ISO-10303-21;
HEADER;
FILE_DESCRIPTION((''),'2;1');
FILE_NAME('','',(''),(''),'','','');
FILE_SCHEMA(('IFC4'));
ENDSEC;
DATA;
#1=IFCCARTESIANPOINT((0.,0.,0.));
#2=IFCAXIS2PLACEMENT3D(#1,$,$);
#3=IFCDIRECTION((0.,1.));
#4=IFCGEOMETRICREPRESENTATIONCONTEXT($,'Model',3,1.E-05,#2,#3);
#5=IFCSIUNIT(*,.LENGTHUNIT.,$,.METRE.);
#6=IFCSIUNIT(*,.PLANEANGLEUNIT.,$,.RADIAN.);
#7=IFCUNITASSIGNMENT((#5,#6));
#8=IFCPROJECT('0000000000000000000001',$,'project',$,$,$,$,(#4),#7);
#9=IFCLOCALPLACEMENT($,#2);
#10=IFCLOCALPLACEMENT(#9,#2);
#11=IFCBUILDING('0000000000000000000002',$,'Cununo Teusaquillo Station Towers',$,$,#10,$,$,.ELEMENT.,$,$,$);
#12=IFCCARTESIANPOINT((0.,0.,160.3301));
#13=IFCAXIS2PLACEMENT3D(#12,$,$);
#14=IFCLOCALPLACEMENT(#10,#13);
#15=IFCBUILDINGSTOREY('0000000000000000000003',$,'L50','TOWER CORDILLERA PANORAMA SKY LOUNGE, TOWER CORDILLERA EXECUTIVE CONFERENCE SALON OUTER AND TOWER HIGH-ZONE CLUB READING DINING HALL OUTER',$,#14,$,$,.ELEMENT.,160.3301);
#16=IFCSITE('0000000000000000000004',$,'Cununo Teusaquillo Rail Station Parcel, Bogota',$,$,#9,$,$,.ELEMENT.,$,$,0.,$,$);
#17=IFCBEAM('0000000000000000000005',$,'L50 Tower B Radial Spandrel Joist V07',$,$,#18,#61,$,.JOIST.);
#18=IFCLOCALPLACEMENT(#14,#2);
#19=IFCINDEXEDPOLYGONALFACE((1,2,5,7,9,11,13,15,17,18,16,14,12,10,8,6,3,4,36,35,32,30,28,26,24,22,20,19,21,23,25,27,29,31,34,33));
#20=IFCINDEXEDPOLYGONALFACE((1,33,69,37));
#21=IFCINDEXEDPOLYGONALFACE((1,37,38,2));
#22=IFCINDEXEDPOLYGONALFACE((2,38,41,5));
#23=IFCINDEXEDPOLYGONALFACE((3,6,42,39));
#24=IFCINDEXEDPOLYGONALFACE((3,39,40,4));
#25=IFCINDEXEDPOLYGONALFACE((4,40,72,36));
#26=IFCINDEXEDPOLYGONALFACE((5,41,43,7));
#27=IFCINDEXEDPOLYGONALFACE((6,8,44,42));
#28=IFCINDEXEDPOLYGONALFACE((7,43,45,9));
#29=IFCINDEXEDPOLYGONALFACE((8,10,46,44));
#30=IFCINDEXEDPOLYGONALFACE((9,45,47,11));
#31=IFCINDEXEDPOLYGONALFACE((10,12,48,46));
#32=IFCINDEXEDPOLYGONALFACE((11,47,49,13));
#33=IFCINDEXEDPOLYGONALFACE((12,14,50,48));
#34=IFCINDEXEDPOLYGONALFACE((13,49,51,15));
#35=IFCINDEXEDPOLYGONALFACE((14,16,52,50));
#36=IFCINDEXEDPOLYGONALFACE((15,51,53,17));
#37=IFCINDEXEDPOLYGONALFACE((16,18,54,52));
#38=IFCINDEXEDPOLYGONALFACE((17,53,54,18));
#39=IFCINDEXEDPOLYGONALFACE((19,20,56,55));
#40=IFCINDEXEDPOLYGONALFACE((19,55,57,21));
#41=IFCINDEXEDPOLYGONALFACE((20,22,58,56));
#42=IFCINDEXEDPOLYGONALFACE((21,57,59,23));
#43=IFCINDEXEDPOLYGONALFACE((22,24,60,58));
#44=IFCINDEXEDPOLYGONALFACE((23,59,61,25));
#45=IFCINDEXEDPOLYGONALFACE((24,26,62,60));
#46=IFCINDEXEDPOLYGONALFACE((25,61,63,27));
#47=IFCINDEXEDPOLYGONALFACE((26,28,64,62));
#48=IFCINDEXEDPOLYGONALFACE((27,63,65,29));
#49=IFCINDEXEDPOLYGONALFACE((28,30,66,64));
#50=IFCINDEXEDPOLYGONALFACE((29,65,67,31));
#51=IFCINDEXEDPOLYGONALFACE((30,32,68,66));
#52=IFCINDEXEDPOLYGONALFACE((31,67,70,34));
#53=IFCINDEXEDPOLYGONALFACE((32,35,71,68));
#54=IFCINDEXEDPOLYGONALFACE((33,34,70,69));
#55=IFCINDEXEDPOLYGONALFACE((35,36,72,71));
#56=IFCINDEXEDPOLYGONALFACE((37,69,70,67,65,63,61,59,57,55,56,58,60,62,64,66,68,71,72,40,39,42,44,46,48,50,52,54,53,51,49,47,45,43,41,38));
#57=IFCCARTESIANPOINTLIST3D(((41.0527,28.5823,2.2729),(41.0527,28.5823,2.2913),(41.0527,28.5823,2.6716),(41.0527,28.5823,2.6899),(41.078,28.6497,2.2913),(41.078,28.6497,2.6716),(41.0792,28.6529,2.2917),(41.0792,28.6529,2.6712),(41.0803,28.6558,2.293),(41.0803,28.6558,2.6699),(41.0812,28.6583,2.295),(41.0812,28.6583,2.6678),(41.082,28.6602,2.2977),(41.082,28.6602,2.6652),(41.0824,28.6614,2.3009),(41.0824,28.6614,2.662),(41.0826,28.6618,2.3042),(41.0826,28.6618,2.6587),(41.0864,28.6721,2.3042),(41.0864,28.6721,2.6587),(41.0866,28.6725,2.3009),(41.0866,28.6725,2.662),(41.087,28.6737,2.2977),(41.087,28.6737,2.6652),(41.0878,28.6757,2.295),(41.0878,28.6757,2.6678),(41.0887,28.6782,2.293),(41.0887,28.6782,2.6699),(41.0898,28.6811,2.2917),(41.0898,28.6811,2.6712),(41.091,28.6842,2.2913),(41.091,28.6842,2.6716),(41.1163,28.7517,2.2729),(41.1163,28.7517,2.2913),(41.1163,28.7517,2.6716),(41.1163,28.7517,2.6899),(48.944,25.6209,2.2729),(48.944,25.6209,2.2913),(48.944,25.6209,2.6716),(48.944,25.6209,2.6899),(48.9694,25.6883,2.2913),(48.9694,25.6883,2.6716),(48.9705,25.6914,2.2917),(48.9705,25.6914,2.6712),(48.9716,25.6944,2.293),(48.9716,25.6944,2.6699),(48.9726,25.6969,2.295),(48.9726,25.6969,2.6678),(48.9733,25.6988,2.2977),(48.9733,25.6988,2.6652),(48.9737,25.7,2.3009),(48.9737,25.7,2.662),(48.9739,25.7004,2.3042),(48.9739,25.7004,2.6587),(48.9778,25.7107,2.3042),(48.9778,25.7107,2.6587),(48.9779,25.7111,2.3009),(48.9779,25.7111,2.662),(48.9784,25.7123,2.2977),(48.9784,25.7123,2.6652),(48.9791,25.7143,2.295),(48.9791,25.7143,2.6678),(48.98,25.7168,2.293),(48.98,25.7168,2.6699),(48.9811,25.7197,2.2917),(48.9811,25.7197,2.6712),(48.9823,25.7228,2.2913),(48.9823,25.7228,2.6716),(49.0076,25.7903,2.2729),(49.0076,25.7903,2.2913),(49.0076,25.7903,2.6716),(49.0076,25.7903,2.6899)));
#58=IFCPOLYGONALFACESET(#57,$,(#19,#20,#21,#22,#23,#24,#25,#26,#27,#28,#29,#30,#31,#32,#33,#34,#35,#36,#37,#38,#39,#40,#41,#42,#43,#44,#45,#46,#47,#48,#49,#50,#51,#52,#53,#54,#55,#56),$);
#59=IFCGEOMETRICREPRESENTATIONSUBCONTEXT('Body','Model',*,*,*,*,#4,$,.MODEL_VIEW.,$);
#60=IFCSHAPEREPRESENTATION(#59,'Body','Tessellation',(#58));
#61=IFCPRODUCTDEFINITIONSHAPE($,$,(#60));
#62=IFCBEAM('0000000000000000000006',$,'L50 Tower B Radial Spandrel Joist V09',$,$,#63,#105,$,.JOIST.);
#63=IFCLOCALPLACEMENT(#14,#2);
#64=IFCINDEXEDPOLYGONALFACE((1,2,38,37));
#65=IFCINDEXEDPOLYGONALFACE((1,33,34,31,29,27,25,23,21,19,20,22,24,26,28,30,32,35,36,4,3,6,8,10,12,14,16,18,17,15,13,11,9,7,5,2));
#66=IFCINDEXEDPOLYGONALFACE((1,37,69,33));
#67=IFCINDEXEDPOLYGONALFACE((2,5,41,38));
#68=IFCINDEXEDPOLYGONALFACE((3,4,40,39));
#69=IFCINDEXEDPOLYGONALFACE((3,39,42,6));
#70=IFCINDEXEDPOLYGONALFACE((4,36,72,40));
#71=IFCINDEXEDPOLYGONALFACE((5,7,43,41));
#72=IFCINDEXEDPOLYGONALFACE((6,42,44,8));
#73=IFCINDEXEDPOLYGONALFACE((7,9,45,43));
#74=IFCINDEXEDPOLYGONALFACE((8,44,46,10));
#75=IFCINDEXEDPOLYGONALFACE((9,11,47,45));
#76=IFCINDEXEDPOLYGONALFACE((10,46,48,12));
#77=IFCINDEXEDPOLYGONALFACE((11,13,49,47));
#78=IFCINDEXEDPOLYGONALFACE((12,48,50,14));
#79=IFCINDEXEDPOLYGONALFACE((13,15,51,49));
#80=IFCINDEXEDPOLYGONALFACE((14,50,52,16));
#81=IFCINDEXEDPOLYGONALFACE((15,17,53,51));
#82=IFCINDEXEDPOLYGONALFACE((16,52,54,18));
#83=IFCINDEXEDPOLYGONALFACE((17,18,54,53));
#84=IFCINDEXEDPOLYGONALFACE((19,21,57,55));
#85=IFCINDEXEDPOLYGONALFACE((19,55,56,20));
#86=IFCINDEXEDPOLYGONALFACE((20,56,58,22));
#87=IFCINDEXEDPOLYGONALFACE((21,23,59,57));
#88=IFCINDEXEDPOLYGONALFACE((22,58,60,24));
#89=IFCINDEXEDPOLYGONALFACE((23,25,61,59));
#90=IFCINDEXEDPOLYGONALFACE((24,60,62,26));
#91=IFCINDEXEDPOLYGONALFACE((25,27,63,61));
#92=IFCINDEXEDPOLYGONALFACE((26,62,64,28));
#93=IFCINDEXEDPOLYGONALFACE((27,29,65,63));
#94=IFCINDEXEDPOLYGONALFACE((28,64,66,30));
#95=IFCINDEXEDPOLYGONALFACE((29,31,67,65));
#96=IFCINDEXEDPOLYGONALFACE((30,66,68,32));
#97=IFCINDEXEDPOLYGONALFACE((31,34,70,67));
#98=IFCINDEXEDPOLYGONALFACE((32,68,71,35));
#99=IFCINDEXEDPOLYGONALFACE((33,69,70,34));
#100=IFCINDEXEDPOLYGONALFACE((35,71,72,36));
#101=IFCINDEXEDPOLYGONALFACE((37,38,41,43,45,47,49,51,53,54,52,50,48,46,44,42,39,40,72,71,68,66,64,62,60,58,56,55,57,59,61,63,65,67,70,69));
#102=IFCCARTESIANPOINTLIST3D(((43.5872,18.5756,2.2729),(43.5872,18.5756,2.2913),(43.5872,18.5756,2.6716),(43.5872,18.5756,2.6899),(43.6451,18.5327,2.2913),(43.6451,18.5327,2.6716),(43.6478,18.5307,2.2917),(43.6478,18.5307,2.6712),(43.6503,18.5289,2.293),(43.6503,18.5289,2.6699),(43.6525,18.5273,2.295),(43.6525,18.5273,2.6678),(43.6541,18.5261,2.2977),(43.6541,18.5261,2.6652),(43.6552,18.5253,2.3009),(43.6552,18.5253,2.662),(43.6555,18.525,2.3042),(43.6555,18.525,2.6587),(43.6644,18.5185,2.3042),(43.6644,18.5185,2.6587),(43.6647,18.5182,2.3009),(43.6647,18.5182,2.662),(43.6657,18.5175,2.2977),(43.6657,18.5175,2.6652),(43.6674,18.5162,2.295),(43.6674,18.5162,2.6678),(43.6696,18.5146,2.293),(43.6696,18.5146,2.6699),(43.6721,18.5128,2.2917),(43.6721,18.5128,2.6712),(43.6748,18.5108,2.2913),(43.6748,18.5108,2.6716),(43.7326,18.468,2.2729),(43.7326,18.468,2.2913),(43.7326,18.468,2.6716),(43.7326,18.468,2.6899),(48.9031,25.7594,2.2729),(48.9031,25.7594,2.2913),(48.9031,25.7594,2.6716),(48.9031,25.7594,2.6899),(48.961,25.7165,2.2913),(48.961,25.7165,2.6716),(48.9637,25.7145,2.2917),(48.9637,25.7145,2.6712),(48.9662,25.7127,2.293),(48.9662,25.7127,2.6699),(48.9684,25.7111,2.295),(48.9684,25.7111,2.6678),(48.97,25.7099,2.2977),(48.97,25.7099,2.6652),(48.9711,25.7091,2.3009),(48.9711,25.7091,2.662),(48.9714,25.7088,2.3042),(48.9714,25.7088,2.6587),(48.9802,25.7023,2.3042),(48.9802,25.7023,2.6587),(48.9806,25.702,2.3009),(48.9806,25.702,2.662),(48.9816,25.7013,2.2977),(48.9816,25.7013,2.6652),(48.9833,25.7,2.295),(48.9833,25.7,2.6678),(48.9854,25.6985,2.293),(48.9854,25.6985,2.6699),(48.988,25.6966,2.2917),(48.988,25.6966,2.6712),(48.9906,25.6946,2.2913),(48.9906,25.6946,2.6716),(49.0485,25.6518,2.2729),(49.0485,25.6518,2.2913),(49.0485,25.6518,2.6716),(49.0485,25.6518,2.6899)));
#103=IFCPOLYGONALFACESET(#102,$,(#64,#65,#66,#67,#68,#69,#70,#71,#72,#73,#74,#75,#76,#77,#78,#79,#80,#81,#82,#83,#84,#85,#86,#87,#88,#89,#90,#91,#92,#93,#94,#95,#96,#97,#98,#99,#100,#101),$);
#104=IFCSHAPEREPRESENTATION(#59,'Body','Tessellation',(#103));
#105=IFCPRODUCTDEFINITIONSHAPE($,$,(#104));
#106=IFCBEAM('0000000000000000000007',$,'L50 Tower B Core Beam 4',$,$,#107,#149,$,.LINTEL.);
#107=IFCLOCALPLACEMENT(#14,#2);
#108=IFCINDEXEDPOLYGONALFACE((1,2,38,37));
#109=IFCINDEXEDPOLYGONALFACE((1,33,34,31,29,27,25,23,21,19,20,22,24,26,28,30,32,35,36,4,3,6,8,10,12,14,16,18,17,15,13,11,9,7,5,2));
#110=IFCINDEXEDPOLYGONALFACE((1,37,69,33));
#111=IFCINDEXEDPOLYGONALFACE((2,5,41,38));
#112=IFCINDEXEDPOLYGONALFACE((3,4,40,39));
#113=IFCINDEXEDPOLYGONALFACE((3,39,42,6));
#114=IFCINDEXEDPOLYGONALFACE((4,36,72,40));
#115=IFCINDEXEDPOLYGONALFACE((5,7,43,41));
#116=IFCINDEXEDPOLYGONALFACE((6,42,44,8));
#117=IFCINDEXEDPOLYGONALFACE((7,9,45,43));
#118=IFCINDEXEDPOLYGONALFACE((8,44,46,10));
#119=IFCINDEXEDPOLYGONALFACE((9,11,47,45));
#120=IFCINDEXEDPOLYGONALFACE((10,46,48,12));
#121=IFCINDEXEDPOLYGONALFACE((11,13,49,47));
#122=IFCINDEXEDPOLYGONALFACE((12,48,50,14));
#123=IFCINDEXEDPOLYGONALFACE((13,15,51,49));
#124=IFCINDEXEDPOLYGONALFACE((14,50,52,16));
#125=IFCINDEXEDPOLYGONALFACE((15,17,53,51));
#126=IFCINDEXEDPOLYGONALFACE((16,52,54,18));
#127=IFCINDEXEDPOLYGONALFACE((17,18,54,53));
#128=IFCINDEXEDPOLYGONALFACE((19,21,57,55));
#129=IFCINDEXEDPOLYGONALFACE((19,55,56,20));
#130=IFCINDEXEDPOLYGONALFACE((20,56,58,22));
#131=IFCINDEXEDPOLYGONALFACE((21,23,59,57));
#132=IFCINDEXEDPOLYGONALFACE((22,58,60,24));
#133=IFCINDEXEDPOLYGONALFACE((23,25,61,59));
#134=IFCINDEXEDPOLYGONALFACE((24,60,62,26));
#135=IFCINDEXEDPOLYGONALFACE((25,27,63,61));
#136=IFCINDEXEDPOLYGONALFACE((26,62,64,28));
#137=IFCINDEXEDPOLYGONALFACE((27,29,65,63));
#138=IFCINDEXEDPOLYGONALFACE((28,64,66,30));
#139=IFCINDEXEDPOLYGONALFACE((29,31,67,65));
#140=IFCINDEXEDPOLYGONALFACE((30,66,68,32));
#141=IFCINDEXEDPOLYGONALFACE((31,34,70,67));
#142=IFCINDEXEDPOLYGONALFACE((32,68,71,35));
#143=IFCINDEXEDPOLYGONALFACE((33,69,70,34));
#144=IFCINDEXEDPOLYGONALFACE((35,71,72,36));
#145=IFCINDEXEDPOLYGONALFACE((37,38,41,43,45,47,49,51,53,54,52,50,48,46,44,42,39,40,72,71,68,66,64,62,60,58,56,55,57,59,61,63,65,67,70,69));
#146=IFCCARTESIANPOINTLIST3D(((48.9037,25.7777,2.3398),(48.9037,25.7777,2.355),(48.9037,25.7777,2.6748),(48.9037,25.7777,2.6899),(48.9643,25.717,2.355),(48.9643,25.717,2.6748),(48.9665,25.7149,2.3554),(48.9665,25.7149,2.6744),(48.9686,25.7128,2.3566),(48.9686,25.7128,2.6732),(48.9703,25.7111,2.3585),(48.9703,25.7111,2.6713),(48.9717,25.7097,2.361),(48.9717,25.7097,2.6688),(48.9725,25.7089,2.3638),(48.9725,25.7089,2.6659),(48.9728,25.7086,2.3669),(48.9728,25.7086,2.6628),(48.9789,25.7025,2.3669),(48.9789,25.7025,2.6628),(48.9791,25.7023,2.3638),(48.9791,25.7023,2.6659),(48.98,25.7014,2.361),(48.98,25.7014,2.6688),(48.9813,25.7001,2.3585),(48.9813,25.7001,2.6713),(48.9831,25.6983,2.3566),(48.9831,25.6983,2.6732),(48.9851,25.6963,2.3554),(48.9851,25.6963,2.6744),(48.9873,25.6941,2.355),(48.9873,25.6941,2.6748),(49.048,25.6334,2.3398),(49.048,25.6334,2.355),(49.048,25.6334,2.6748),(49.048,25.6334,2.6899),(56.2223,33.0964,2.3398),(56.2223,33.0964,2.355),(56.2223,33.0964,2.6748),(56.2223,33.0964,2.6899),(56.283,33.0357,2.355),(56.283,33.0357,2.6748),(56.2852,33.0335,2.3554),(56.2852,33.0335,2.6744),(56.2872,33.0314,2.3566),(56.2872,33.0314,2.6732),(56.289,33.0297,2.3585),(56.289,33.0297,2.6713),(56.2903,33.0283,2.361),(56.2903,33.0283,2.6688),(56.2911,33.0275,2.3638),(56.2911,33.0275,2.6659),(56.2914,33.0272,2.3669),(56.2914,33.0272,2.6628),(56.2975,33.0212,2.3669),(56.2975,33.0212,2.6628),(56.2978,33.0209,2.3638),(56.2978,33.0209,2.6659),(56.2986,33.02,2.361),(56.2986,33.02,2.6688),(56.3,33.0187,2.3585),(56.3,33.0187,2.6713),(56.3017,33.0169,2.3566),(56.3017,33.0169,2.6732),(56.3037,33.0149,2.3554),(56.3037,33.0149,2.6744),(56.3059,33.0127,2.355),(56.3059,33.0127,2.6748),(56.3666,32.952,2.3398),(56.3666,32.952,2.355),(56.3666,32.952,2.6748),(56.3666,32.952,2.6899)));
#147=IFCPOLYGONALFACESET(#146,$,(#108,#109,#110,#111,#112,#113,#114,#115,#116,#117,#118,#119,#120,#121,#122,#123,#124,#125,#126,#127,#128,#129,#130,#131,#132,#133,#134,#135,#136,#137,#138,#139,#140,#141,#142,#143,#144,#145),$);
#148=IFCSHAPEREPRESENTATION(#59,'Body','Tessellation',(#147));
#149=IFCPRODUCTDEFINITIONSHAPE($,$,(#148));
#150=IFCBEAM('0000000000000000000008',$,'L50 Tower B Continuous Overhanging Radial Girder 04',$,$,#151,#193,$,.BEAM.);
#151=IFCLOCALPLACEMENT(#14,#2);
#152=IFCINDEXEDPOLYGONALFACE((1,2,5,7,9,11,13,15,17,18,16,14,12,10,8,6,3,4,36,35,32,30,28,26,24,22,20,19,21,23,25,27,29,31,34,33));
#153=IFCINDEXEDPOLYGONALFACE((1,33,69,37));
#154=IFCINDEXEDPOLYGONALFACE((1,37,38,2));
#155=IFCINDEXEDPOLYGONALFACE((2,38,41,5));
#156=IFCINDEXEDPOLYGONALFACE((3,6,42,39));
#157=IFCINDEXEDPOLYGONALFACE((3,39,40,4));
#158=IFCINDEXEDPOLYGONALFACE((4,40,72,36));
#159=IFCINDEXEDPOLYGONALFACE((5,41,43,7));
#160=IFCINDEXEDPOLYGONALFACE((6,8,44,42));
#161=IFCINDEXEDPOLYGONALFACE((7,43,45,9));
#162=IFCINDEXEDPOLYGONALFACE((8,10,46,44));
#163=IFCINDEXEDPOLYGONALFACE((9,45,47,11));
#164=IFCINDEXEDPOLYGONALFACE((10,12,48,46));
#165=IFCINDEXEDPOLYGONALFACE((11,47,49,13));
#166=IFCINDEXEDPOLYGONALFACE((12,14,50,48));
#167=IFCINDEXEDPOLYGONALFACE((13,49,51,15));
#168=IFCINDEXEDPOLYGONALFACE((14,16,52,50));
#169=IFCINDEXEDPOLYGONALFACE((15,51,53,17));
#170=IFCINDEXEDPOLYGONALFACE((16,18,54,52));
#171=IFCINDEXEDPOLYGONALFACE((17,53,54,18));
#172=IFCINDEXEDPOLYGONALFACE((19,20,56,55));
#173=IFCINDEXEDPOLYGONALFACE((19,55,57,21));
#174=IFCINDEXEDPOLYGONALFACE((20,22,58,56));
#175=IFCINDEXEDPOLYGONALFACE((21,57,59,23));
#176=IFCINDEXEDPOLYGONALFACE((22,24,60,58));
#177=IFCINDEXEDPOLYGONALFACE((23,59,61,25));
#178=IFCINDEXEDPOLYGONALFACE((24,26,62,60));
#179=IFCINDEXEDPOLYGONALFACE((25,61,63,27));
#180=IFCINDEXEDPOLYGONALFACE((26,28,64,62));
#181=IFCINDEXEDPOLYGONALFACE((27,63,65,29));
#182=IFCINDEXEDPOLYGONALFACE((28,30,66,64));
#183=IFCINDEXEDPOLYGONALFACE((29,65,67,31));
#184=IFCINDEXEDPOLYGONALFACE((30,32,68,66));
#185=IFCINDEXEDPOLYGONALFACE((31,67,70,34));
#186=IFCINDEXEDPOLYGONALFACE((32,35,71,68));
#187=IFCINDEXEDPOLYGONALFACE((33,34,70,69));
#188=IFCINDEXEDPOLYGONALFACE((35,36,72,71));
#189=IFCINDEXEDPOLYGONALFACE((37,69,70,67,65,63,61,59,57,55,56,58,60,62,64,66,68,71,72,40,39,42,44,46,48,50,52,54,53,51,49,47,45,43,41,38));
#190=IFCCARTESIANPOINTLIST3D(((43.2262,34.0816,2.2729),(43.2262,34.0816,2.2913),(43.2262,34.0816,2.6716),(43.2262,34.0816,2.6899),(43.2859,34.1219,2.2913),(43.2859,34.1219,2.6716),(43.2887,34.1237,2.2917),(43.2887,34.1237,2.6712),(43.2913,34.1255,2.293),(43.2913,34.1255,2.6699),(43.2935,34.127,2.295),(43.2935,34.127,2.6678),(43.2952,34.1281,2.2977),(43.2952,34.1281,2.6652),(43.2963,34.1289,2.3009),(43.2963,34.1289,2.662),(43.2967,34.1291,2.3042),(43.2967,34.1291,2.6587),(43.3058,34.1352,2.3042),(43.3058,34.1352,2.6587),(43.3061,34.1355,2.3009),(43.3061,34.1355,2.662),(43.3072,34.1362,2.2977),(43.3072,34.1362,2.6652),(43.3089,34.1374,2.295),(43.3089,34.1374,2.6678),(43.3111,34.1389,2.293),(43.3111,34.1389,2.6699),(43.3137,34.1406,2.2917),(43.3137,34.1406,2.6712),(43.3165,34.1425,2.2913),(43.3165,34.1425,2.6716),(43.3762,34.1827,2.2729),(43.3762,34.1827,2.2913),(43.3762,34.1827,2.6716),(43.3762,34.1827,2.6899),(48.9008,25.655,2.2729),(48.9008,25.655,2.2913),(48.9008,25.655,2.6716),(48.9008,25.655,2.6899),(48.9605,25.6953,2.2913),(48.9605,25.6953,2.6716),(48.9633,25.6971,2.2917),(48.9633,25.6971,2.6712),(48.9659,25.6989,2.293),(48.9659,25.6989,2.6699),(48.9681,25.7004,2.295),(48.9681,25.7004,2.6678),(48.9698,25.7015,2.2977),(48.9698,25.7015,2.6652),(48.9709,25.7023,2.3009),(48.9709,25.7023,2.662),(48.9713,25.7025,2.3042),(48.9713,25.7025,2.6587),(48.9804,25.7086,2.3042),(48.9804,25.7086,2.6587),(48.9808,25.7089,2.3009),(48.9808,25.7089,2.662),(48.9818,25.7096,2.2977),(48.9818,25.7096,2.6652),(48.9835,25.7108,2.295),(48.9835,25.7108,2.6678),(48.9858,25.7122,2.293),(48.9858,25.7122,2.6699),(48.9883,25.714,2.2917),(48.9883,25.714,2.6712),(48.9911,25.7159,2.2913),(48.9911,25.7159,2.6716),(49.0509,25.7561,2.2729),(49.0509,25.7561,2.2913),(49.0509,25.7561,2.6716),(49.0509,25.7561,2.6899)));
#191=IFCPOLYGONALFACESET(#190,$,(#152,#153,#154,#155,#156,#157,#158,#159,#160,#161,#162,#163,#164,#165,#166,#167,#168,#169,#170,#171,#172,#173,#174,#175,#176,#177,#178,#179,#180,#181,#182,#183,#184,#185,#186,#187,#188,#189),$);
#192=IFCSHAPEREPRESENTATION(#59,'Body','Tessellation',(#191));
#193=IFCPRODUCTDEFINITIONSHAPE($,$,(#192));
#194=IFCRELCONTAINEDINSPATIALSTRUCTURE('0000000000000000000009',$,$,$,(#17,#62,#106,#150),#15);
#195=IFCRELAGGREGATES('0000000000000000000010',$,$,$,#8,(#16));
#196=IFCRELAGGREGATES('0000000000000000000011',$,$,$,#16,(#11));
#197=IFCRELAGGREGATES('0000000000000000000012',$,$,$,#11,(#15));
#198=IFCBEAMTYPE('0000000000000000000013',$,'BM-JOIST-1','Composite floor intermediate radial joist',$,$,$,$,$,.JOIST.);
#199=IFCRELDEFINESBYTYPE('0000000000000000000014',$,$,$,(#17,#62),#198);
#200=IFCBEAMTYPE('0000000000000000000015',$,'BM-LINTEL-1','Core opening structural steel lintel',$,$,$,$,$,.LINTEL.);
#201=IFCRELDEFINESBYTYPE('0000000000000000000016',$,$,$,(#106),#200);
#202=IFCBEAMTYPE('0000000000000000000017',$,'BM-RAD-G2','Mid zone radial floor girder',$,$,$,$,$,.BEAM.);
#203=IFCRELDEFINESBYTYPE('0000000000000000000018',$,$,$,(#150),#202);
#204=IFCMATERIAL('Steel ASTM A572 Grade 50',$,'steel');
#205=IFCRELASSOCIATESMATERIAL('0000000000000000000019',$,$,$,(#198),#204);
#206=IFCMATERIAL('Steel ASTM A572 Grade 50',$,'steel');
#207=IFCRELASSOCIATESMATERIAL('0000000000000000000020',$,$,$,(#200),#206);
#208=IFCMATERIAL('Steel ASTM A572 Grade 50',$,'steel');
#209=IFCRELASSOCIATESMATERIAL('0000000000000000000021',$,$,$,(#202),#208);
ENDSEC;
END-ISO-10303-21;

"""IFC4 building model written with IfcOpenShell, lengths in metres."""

from ifc_helpers import new_model, si_unit, direction, frame, origin, origin_2d, place, context, subcontext, project, spatial, i_section, extrude, material, material_profile, profile_set, type_object, element, save


model = new_model("IFC4")

# Units and contexts
model_context = context("Model", 3, precision=1e-05, world=origin(), true_north=direction((0.0, 1.0)))
body_context = subcontext(model_context, "Body", "Model", "MODEL_VIEW")
ifc_project = project(units=[si_unit("LENGTHUNIT", "METRE"), si_unit("PLANEANGLEUNIT", "RADIAN")], contexts=[model_context])

# Site, building, storey
site_placement = place(None, origin())
site = spatial("IfcSite", under=ifc_project, at=site_placement, Name="Cununo Teusaquillo Rail Station Parcel, Bogota", CompositionType="ELEMENT", RefElevation=0.0)
building_placement = place(site_placement, origin())
building = spatial("IfcBuilding", under=site, at=building_placement, Name="Cununo Teusaquillo Station Towers", CompositionType="ELEMENT")
storey_placement = place(building_placement, frame((0.0, 0.0, 160.3301)))
storey = spatial("IfcBuildingStorey", under=building, at=storey_placement, Name="L50", Description="TOWER CORDILLERA PANORAMA SKY LOUNGE, TOWER CORDILLERA EXECUTIVE CONFERENCE SALON OUTER AND TOWER HIGH-ZONE CLUB READING DINING HALL OUTER", CompositionType="ELEMENT", Elevation=160.3301)

# Beams
ifc_material_1 = material(Name="Steel ASTM A572 Grade 50", Category="steel")
ifc_material_profile_1 = material_profile(ifc_material_1, i_section(OverallWidth=0.1809, OverallDepth=0.417, WebThickness=0.011, FlangeThickness=0.0183, FilletRadius=0.0129, at=origin_2d()), Name="W16X57")
ifc_profile_set_1 = profile_set([ifc_material_profile_1], Name="Steel ASTM A572 Grade 50")
beam_type_1 = type_object("IfcBeamType", Name="BM-JOIST-1", Description="Composite floor intermediate radial joist", PredefinedType="JOIST", material=ifc_profile_set_1)
beam_1_placement = place(storey_placement, frame((48.9758, 25.7056, 2.4814), z_axis=(-0.936245, 0.351349, 0.0), x_axis=(-0.351349, -0.936245, 0.0)))
element("IfcBeam", 1, at=beam_1_placement, inside=storey, type_object=beam_type_1, Name="L50 Tower B Radial Spandrel Joist V07", PredefinedType="JOIST", context=body_context, shape_type="SweptSolid", body=[
    extrude(i_section(OverallWidth=0.1809, OverallDepth=0.417, WebThickness=0.011, FlangeThickness=0.0183, FilletRadius=0.0129, at=origin_2d()), origin(), (0.0, 0.0, 1.0), 8.4287),
])
beam_2_placement = place(storey_placement, frame((48.9758, 25.7056, 2.4814), z_axis=(-0.594834, -0.803848, 0.0), x_axis=(0.803848, -0.594834, 0.0)))
element("IfcBeam", 2, at=beam_2_placement, inside=storey, type_object=beam_type_1, Name="L50 Tower B Radial Spandrel Joist V09", PredefinedType="JOIST", context=body_context, shape_type="SweptSolid", body=[
    extrude(i_section(OverallWidth=0.1809, OverallDepth=0.417, WebThickness=0.011, FlangeThickness=0.0183, FilletRadius=0.0129, at=origin_2d()), origin(), (0.0, 0.0, 1.0), 8.9368),
])
ifc_material_2 = material(Name="Steel ASTM A572 Grade 50", Category="steel")
ifc_material_profile_2 = material_profile(ifc_material_2, i_section(OverallWidth=0.2041, OverallDepth=0.3501, WebThickness=0.0085, FlangeThickness=0.0151, FilletRadius=0.012, at=origin_2d()), Name="W14X48")
ifc_profile_set_2 = profile_set([ifc_material_profile_2], Name="Steel ASTM A572 Grade 50")
beam_type_2 = type_object("IfcBeamType", Name="BM-LINTEL-1", Description="Core opening structural steel lintel", PredefinedType="LINTEL", material=ifc_profile_set_2)
beam_3_placement = place(storey_placement, frame((48.9758, 25.7056, 2.5149), z_axis=(0.707107, 0.707107, 0.0), x_axis=(-0.707107, 0.707107, 0.0)))
element("IfcBeam", 3, at=beam_3_placement, inside=storey, type_object=beam_type_2, Name="L50 Tower B Core Beam 4", PredefinedType="LINTEL", context=body_context, shape_type="SweptSolid", body=[
    extrude(i_section(OverallWidth=0.2041, OverallDepth=0.3501, WebThickness=0.0085, FlangeThickness=0.0151, FilletRadius=0.012, at=origin_2d()), origin(), (0.0, 0.0, 1.0), 10.3501),
])
ifc_material_3 = material(Name="Steel ASTM A572 Grade 50", Category="steel")
ifc_material_profile_3 = material_profile(ifc_material_3, i_section(OverallWidth=0.1809, OverallDepth=0.417, WebThickness=0.011, FlangeThickness=0.0183, FilletRadius=0.0129, at=origin_2d()), Name="W16X57")
ifc_profile_set_3 = profile_set([ifc_material_profile_3], Name="Steel ASTM A572 Grade 50")
beam_type_3 = type_object("IfcBeamType", Name="BM-RAD-G2", Description="Mid zone radial floor girder", PredefinedType="BEAM", material=ifc_profile_set_3)
beam_4_placement = place(storey_placement, frame((48.9758, 25.7056, 2.4814), z_axis=(-0.558571, 0.829457, 0.0), x_axis=(-0.829457, -0.558571, 0.0)))
element("IfcBeam", 4, at=beam_4_placement, inside=storey, type_object=beam_type_3, Name="L50 Tower B Continuous Overhanging Radial Girder 04", PredefinedType="BEAM", context=body_context, shape_type="SweptSolid", body=[
    extrude(i_section(OverallWidth=0.1809, OverallDepth=0.417, WebThickness=0.011, FlangeThickness=0.0183, FilletRadius=0.0129, at=origin_2d()), origin(), (0.0, 0.0, 1.0), 10.1592),
])

save(model, "model.ifc")
